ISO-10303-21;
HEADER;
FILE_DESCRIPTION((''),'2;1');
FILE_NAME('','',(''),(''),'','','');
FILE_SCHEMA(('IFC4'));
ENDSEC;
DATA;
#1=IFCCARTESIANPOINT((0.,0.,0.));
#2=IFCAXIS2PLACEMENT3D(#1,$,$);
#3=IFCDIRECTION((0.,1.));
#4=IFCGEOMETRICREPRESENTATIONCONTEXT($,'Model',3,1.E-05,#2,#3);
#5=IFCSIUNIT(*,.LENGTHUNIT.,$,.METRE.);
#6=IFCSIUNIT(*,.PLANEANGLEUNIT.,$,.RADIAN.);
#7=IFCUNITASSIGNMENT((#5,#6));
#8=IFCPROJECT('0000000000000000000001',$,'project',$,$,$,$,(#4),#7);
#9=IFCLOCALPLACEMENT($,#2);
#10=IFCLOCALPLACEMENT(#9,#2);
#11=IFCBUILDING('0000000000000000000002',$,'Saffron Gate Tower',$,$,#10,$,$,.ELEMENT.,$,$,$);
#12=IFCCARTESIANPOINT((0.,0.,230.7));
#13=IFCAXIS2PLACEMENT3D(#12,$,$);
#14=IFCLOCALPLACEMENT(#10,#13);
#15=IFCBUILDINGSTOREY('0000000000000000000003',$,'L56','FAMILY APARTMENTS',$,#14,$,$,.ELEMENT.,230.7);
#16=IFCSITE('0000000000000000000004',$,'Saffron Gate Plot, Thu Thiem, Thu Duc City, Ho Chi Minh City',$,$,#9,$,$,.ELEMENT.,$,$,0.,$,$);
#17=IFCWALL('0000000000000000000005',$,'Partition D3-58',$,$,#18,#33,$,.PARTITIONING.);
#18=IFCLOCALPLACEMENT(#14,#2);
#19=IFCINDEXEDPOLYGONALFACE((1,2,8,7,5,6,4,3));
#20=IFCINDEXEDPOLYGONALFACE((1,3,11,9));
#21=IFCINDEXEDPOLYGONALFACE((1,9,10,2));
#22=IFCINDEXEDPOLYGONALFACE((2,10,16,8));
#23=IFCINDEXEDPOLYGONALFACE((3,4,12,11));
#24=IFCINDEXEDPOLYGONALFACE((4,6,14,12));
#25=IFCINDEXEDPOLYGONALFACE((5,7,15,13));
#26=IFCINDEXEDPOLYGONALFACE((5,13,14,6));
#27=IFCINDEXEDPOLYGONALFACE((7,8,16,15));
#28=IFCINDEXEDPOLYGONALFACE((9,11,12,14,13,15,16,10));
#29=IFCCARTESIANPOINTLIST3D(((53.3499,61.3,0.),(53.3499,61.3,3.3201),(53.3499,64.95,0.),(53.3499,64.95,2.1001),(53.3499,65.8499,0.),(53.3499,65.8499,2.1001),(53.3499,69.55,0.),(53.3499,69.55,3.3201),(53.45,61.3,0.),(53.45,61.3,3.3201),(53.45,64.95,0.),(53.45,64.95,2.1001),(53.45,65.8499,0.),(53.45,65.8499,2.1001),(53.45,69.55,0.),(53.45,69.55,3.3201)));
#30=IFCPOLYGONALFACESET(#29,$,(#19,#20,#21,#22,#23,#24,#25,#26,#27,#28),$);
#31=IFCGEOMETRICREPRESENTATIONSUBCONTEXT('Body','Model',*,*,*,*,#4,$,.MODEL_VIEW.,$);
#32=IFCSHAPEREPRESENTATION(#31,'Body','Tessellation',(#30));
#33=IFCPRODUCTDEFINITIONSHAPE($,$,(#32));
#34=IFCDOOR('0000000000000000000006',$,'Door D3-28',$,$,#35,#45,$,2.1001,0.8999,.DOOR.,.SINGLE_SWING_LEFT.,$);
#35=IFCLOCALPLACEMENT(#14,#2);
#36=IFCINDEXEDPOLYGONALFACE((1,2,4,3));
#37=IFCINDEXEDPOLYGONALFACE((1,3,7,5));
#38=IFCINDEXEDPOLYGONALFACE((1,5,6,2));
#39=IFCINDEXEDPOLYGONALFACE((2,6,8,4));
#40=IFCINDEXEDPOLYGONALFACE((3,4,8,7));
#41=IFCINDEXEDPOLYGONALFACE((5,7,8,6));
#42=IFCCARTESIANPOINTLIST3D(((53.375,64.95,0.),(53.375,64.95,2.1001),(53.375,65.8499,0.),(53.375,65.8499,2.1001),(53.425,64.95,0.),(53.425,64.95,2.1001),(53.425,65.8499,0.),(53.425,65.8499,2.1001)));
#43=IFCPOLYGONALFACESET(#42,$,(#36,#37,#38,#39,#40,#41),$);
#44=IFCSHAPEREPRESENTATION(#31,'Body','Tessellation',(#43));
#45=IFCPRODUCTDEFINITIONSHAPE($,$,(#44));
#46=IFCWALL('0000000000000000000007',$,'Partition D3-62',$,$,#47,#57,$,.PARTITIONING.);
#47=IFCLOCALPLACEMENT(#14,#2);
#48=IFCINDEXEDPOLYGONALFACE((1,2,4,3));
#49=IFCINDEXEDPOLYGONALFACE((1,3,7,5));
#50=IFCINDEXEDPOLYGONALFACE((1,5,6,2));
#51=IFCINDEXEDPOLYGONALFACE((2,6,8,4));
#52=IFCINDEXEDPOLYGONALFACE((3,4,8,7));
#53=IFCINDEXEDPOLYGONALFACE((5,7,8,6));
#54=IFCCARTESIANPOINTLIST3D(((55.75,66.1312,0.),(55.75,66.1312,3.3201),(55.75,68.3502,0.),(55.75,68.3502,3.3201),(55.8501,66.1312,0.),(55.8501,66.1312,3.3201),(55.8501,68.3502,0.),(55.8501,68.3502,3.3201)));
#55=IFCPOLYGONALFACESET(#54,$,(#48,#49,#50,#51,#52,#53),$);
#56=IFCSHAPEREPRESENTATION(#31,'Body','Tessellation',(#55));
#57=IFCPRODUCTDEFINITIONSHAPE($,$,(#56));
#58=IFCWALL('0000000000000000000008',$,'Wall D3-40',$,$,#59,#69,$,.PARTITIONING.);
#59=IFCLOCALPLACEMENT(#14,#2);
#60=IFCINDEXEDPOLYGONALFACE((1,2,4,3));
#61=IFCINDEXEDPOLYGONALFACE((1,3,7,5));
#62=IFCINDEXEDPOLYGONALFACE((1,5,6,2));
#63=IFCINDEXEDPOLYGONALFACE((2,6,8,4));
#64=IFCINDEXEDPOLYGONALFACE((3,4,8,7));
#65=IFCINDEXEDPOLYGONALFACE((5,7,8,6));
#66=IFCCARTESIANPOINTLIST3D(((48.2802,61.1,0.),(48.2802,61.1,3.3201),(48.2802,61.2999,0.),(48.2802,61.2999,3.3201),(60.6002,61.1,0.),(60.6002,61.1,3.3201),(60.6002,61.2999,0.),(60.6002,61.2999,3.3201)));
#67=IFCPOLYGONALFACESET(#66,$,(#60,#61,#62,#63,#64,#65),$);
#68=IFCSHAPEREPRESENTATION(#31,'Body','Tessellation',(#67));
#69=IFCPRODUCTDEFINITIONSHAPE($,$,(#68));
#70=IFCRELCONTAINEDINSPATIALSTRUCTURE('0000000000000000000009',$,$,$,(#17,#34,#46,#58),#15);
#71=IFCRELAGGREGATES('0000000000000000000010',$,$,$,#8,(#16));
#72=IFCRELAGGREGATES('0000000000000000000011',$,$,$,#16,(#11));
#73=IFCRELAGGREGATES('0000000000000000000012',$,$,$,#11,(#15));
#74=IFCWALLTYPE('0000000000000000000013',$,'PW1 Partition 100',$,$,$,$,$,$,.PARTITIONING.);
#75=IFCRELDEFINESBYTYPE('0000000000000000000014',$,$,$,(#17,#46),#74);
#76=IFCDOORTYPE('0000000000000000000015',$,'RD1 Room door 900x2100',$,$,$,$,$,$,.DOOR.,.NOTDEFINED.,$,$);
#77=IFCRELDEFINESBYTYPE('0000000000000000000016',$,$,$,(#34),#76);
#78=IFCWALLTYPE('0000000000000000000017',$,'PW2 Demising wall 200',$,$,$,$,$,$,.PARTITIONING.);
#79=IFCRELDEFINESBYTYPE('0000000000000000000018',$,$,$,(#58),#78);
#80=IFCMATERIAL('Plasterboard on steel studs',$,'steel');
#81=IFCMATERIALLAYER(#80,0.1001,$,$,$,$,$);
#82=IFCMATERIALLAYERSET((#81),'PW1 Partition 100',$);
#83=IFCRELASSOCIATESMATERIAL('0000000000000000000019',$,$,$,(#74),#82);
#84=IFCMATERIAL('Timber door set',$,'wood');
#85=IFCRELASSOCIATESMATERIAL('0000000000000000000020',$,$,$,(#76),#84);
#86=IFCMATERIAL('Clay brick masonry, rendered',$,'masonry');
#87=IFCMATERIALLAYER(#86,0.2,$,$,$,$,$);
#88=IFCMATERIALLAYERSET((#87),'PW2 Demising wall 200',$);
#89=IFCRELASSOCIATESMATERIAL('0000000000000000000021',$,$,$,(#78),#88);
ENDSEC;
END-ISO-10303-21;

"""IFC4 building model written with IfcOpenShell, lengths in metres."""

from ifc_helpers import new_model, si_unit, direction, frame, frame_2d, origin, place, context, subcontext, project, spatial, rectangle, extrude, material, layer, layer_set, type_object, element, fill, save


model = new_model("IFC4")

# Units and contexts
model_context = context("Model", 3, precision=1e-05, world=origin(), true_north=direction((0.0, 1.0)))
body_context = subcontext(model_context, "Body", "Model", "MODEL_VIEW")
ifc_project = project(units=[si_unit("LENGTHUNIT", "METRE"), si_unit("PLANEANGLEUNIT", "RADIAN")], contexts=[model_context])

# Site, building, storey
site_placement = place(None, origin())
site = spatial("IfcSite", under=ifc_project, at=site_placement, Name="Saffron Gate Plot, Thu Thiem, Thu Duc City, Ho Chi Minh City", CompositionType="ELEMENT", RefElevation=0.0)
building_placement = place(site_placement, origin())
building = spatial("IfcBuilding", under=site, at=building_placement, Name="Saffron Gate Tower", CompositionType="ELEMENT")
storey_placement = place(building_placement, frame((0.0, 0.0, 230.7)))
storey = spatial("IfcBuildingStorey", under=building, at=storey_placement, Name="L56", Description="FAMILY APARTMENTS", CompositionType="ELEMENT", Elevation=230.7)

# Shared definitions
ifc_material_1 = material(Name="Plasterboard on steel studs", Category="steel")
ifc_layer_1 = layer(ifc_material_1, 0.1001)
ifc_layer_set_1 = layer_set([ifc_layer_1], Name="PW1 Partition 100")
wall_type_1 = type_object("IfcWallType", Name="PW1 Partition 100", PredefinedType="PARTITIONING", material=ifc_layer_set_1)

# Wall, opening, door
wall_1_placement = place(storey_placement, frame((53.3999, 61.3, 0.0), z_axis=(0.0, 0.0, 1.0), x_axis=(0.0, 1.0, 0.0)))
wall_1 = element("IfcWall", 1, at=wall_1_placement, inside=storey, type_object=wall_type_1, Name="Partition D3-58", PredefinedType="PARTITIONING", context=body_context, shape_type="SweptSolid", body=[
    extrude(rectangle(XDim=8.25, YDim=0.1001, at=frame_2d((4.125, 0.0))), origin(), (0.0, 0.0, 1.0), 3.3201),
])
opening_placement = place(wall_1_placement, frame((3.6499, 0.0, 0.0)))
opening = element("IfcOpeningElement", 2, at=opening_placement, cuts=wall_1, PredefinedType="OPENING", context=body_context, shape_type="SweptSolid", body=[
    extrude(rectangle(XDim=0.8999, YDim=2.1001, at=frame_2d((0.45, 1.05))), frame((0.0, 0.0601, 0.0), z_axis=(0.0, -1.0, 0.0), x_axis=(1.0, 0.0, 0.0)), (0.0, 0.0, 1.0), 0.1201),
])
ifc_material_2 = material(Name="Timber door set", Category="wood")
door_type = type_object("IfcDoorType", Name="RD1 Room door 900x2100", OperationType="NOTDEFINED", PredefinedType="DOOR", material=ifc_material_2)
door_placement = place(opening_placement, origin())
door = element("IfcDoor", 3, at=door_placement, inside=storey, type_object=door_type, Name="Door D3-28", OperationType="SINGLE_SWING_LEFT", OverallHeight=2.1001, OverallWidth=0.8999, PredefinedType="DOOR", context=body_context, shape_type="SweptSolid", body=[
    extrude(rectangle(XDim=0.8999, YDim=2.1001, at=frame_2d((0.45, 1.05))), frame((0.0, 0.0249, 0.0), z_axis=(0.0, -1.0, 0.0), x_axis=(1.0, 0.0, 0.0)), (0.0, 0.0, 1.0), 0.05),
])
fill(opening, door)

# Walls
wall_2_placement = place(storey_placement, frame((55.8, 68.3501, 0.0), z_axis=(0.0, 0.0, 1.0), x_axis=(0.0, -1.0, 0.0)))
element("IfcWall", 4, at=wall_2_placement, inside=storey, type_object=wall_type_1, Name="Partition D3-62", PredefinedType="PARTITIONING", context=body_context, shape_type="SweptSolid", body=[
    extrude(rectangle(XDim=2.219, YDim=0.1001, at=frame_2d((1.1094, 0.0))), origin(), (0.0, 0.0, 1.0), 3.3201),
])
ifc_material_3 = material(Name="Clay brick masonry, rendered", Category="masonry")
ifc_layer_2 = layer(ifc_material_3, 0.2)
ifc_layer_set_2 = layer_set([ifc_layer_2], Name="PW2 Demising wall 200")
wall_type_2 = type_object("IfcWallType", Name="PW2 Demising wall 200", PredefinedType="PARTITIONING", material=ifc_layer_set_2)
wall_3_placement = place(storey_placement, frame((48.28, 61.2, 0.0), z_axis=(0.0, 0.0, 1.0), x_axis=(1.0, 0.0, 0.0)))
element("IfcWall", 5, at=wall_3_placement, inside=storey, type_object=wall_type_2, Name="Wall D3-40", PredefinedType="PARTITIONING", context=body_context, shape_type="SweptSolid", body=[
    extrude(rectangle(XDim=12.3201, YDim=0.2, at=frame_2d((6.1602, 0.0))), origin(), (0.0, 0.0, 1.0), 3.3201),
])

save(model, "model.ifc")
